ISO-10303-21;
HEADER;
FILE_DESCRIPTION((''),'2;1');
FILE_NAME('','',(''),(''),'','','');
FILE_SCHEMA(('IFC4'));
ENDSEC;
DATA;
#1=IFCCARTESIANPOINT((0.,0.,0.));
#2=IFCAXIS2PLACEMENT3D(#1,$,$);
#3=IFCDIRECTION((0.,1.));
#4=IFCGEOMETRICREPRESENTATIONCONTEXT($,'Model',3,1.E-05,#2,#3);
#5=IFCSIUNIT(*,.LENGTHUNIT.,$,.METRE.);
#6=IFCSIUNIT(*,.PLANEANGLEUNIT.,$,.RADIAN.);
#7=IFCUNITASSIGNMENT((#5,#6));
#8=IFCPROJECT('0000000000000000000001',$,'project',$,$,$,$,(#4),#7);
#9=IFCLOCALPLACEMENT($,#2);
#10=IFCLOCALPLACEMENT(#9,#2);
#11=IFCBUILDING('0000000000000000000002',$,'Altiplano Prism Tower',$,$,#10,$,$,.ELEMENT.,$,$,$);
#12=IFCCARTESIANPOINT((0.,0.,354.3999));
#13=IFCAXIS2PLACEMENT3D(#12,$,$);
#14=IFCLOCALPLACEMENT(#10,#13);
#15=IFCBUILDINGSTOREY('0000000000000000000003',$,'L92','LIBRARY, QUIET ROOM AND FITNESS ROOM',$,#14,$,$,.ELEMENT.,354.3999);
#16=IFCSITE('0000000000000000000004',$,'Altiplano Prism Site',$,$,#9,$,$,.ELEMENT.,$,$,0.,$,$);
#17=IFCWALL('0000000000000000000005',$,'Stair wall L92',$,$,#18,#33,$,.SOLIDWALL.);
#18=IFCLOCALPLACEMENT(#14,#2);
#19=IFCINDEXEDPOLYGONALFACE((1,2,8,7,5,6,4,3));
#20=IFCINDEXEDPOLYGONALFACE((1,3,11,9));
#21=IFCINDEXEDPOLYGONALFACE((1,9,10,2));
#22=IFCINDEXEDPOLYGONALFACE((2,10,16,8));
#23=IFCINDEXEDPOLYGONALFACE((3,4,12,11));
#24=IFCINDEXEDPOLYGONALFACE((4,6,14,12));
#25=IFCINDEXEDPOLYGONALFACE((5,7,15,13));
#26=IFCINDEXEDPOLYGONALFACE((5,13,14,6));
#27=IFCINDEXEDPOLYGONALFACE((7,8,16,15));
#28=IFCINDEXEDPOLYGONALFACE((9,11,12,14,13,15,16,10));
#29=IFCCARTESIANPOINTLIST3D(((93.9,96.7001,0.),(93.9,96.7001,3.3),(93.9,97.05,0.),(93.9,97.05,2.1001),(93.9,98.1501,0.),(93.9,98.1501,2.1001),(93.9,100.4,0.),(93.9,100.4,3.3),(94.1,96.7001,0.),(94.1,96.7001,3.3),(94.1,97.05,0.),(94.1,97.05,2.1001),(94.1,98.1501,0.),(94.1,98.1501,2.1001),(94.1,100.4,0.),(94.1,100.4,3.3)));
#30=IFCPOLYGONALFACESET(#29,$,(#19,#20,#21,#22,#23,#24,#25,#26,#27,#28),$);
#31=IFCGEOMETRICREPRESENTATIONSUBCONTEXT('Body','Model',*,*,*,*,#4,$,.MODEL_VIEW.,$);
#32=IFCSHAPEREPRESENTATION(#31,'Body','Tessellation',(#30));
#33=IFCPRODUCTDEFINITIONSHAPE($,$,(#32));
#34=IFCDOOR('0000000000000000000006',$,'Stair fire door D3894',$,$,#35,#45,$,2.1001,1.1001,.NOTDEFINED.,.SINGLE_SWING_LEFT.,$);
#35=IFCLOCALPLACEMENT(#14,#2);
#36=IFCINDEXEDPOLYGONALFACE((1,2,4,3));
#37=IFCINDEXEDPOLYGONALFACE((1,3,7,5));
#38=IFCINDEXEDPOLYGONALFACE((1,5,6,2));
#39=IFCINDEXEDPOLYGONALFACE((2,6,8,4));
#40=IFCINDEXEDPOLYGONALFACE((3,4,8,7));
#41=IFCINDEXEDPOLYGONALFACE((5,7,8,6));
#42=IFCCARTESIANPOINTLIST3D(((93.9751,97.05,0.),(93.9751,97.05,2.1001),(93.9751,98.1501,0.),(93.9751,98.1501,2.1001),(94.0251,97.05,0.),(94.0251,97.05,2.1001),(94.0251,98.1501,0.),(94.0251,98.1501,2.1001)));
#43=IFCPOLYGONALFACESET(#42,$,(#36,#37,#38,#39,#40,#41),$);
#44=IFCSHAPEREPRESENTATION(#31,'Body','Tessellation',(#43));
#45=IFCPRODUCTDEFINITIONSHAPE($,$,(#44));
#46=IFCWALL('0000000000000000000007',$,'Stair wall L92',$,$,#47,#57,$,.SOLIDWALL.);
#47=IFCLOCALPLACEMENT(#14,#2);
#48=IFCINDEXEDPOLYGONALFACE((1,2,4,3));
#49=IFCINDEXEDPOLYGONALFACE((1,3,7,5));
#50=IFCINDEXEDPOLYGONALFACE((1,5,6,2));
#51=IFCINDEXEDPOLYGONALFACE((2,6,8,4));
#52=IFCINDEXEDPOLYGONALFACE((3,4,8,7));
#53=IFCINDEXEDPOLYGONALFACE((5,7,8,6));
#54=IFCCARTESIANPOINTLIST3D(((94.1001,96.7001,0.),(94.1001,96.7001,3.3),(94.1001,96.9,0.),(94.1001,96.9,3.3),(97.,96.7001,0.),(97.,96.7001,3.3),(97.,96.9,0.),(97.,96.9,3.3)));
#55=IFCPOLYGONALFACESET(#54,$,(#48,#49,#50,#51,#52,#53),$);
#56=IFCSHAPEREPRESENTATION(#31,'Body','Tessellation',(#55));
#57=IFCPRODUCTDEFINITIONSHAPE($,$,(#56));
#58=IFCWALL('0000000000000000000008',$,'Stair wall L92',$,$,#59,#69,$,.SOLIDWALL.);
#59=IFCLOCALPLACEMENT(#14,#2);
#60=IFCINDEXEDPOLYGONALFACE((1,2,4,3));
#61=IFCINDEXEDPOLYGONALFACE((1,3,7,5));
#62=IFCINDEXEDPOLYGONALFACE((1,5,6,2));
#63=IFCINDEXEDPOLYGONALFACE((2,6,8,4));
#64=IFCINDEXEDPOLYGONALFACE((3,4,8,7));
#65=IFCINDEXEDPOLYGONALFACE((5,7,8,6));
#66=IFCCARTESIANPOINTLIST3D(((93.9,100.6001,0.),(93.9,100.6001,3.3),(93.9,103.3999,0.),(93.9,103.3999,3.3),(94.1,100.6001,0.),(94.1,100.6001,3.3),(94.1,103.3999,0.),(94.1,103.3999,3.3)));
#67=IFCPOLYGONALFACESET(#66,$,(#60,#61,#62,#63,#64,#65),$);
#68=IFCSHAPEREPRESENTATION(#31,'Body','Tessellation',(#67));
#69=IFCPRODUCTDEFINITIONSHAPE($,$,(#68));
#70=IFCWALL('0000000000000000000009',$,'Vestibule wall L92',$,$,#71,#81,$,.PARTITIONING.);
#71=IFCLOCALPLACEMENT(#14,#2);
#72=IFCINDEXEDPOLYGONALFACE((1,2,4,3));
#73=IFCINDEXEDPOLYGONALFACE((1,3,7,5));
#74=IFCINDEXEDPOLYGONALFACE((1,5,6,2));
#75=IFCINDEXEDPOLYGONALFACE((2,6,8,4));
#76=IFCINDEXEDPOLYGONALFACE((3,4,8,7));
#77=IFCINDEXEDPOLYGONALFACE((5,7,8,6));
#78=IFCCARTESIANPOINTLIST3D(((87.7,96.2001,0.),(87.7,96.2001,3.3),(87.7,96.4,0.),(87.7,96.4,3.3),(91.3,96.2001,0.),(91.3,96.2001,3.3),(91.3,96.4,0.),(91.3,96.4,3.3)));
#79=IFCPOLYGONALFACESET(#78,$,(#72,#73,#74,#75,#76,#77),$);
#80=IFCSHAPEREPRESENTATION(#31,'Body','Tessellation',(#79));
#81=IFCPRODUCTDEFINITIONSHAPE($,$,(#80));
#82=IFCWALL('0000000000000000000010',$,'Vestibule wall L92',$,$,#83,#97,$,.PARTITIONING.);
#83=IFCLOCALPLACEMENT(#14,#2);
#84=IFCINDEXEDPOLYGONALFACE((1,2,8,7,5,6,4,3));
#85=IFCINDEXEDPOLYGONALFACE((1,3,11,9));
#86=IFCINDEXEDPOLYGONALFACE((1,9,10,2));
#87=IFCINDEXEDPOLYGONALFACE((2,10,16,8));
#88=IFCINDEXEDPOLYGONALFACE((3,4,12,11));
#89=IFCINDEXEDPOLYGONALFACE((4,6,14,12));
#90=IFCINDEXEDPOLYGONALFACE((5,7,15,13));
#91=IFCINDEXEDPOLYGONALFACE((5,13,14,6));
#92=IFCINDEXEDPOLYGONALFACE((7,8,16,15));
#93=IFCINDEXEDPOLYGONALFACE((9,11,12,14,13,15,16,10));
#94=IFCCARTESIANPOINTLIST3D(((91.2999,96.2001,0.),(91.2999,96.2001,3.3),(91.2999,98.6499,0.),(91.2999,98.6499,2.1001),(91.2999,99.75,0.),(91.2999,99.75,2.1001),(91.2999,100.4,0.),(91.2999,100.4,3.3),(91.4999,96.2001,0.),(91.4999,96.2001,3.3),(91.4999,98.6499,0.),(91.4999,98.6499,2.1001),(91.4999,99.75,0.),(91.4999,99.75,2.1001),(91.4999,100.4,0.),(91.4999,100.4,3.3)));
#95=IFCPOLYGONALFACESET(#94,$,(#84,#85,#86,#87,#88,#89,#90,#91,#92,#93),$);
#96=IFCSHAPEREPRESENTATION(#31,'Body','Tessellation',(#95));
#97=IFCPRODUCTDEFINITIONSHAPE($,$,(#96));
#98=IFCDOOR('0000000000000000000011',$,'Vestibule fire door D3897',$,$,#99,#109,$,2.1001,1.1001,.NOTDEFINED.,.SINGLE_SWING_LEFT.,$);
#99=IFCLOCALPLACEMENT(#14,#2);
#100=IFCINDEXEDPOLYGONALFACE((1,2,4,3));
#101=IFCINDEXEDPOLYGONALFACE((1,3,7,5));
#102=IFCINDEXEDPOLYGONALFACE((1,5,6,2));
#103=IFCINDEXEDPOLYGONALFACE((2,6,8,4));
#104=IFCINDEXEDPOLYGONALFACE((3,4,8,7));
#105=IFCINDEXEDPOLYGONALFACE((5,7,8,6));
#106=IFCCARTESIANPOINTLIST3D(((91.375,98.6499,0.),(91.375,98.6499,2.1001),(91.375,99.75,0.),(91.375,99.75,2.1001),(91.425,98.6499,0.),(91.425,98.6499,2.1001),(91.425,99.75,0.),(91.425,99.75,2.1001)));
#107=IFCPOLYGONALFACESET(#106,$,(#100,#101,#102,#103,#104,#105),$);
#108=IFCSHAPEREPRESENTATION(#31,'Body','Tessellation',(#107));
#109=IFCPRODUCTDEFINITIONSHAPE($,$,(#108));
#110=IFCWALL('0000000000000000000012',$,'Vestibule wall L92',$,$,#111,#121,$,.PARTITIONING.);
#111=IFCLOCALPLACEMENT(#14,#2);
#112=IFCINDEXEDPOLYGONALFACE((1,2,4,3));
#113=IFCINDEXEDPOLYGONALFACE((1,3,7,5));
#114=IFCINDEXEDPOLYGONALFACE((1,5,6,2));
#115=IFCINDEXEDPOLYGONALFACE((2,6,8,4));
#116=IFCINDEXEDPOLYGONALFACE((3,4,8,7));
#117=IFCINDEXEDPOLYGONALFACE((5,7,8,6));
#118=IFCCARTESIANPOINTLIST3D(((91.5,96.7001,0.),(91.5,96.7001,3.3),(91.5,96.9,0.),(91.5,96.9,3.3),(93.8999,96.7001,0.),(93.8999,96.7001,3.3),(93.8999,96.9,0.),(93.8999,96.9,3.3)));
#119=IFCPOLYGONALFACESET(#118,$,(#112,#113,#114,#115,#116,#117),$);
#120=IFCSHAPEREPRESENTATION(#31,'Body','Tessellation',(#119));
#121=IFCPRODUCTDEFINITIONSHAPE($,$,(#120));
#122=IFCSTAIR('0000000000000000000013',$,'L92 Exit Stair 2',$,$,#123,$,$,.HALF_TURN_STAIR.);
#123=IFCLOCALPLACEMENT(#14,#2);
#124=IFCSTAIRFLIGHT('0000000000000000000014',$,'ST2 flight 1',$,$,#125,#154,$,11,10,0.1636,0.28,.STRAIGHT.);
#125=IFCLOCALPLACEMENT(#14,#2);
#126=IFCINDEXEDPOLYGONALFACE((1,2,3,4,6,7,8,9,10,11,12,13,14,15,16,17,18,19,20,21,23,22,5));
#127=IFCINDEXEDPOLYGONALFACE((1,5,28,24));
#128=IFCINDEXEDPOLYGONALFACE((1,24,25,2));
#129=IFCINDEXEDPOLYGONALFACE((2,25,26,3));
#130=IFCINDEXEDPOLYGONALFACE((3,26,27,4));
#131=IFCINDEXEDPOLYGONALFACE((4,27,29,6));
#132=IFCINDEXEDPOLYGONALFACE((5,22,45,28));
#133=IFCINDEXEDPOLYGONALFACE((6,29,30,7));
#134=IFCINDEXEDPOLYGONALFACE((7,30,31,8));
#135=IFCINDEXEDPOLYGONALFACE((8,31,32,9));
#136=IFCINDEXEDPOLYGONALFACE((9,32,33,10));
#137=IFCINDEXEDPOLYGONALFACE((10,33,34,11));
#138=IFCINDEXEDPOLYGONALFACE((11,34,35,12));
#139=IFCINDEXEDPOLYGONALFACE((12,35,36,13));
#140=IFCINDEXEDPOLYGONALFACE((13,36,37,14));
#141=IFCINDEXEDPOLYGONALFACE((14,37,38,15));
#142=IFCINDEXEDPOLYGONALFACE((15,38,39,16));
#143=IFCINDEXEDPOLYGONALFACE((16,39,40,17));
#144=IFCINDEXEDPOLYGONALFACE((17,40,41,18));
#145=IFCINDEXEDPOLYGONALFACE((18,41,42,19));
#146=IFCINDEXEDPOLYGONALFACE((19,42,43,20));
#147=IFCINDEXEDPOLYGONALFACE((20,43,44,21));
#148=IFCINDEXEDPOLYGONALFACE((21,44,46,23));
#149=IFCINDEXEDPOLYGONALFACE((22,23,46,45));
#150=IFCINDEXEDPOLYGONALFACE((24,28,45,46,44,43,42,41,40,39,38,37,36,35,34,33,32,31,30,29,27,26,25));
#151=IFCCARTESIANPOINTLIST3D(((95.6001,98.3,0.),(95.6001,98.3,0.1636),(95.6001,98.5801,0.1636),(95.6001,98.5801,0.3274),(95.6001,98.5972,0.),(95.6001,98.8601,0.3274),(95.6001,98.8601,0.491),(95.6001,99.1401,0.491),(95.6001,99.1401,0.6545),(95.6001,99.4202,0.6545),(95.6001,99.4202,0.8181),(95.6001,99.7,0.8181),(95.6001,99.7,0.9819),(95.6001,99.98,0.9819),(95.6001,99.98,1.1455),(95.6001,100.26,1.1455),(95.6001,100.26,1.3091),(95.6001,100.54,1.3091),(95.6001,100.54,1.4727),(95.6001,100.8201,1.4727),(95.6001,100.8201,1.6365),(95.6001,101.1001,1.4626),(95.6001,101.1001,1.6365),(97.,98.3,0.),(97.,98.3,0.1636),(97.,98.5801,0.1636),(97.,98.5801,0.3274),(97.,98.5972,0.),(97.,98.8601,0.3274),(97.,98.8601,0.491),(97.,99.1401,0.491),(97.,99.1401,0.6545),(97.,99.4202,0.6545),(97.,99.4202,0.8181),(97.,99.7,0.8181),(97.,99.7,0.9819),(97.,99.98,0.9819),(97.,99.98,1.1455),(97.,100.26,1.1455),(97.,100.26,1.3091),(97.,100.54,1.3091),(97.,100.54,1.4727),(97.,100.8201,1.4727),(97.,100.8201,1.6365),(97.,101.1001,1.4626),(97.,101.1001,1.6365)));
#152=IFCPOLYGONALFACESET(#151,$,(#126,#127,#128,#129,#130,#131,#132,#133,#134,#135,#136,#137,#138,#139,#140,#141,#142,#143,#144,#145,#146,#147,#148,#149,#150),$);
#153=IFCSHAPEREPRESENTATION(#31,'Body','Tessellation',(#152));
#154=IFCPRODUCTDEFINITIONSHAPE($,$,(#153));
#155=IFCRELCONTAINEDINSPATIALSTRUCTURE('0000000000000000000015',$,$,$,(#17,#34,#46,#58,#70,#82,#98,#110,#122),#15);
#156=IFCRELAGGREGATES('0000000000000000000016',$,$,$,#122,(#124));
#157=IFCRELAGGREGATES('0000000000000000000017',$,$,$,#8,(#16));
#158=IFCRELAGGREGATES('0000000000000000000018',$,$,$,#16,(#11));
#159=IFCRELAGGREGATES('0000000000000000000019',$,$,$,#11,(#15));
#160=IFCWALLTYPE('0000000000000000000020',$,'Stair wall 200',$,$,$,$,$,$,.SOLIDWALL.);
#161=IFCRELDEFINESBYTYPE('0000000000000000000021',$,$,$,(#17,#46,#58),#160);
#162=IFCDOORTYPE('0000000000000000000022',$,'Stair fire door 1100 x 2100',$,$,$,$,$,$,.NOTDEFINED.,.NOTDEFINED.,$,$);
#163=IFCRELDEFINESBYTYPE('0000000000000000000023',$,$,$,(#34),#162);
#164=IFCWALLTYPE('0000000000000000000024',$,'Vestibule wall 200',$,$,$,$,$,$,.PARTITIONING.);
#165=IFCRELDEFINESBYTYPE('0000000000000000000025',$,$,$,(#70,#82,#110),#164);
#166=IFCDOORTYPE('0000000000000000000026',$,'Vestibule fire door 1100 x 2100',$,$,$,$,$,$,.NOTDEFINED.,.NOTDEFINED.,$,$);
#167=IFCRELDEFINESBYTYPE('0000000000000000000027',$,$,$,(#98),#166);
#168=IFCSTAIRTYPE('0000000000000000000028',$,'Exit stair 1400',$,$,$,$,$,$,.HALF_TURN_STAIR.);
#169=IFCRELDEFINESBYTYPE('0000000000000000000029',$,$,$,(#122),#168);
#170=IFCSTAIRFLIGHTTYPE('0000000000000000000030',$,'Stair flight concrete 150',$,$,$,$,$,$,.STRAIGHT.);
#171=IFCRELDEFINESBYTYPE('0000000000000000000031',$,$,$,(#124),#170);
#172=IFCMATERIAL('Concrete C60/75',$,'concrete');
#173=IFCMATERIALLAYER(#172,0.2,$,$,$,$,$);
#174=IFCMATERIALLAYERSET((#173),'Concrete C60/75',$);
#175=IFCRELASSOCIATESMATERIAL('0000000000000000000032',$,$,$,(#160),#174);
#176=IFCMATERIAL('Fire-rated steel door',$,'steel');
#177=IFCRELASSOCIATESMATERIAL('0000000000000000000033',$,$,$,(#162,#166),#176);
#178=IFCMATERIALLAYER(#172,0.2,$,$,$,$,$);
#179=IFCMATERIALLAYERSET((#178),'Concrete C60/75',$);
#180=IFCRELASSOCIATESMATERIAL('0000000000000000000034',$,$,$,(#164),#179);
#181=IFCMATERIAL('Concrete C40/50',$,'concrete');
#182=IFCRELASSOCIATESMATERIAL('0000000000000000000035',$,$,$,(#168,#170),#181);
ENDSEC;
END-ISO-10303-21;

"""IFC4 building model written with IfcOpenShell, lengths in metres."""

from ifc_helpers import new_model, si_unit, direction, frame, frame_2d, origin, place, context, subcontext, project, spatial, polyline, rectangle, outline, extrude, material, layer, layer_set, type_object, element, fill, aggregate, save


model = new_model("IFC4")

# Units and contexts
model_context = context("Model", 3, precision=1e-05, world=origin(), true_north=direction((0.0, 1.0)))
body_context = subcontext(model_context, "Body", "Model", "MODEL_VIEW")
ifc_project = project(units=[si_unit("LENGTHUNIT", "METRE"), si_unit("PLANEANGLEUNIT", "RADIAN")], contexts=[model_context])

# Site, building, storey
site_placement = place(None, origin())
site = spatial("IfcSite", under=ifc_project, at=site_placement, Name="Altiplano Prism Site", CompositionType="ELEMENT", RefElevation=0.0)
building_placement = place(site_placement, origin())
building = spatial("IfcBuilding", under=site, at=building_placement, Name="Altiplano Prism Tower", CompositionType="ELEMENT")
storey_placement = place(building_placement, frame((0.0, 0.0, 354.3999)))
storey = spatial("IfcBuildingStorey", under=building, at=storey_placement, Name="L92", Description="LIBRARY, QUIET ROOM AND FITNESS ROOM", CompositionType="ELEMENT", Elevation=354.3999)

# Shared definitions
ifc_material_1 = material(Name="Concrete C60/75", Category="concrete")

# Wall, opening, door
ifc_layer_1 = layer(ifc_material_1, 0.2)
ifc_layer_set_1 = layer_set([ifc_layer_1], Name="Concrete C60/75")
wall_type_1 = type_object("IfcWallType", Name="Stair wall 200", PredefinedType="SOLIDWALL", material=ifc_layer_set_1)
wall_1_placement = place(storey_placement, frame((94.0, 96.7, 0.0), z_axis=(0.0, 0.0, 1.0), x_axis=(0.0, 1.0, 0.0)))
wall_1 = element("IfcWall", 1, at=wall_1_placement, inside=storey, type_object=wall_type_1, Name="Stair wall L92", PredefinedType="SOLIDWALL", context=body_context, shape_type="SweptSolid", body=[
    extrude(rectangle(XDim=3.7, YDim=0.2, at=frame_2d((1.8501, 0.0))), origin(), (0.0, 0.0, 1.0), 3.3),
])
opening_1_placement = place(wall_1_placement, frame((0.3501, 0.0, 0.0)))
opening_1 = element("IfcOpeningElement", 2, at=opening_1_placement, cuts=wall_1, PredefinedType="OPENING", context=body_context, shape_type="SweptSolid", body=[
    extrude(rectangle(XDim=1.1001, YDim=2.1001, at=frame_2d((0.55, 1.05))), frame((0.0, 0.1104, 0.0), z_axis=(0.0, -1.0, 0.0), x_axis=(1.0, 0.0, 0.0)), (0.0, 0.0, 1.0), 0.2209),
])
ifc_material_2 = material(Name="Fire-rated steel door", Category="steel")
door_type_1 = type_object("IfcDoorType", Name="Stair fire door 1100 x 2100", OperationType="NOTDEFINED", PredefinedType="NOTDEFINED", material=ifc_material_2)
door_1_placement = place(opening_1_placement, origin())
door_1 = element("IfcDoor", 3, at=door_1_placement, inside=storey, type_object=door_type_1, Name="Stair fire door D3894", OperationType="SINGLE_SWING_LEFT", OverallHeight=2.1001, OverallWidth=1.1001, PredefinedType="NOTDEFINED", context=body_context, shape_type="SweptSolid", body=[
    extrude(rectangle(XDim=1.1001, YDim=2.1001, at=frame_2d((0.55, 1.05))), frame((0.0, 0.0249, 0.0), z_axis=(0.0, -1.0, 0.0), x_axis=(1.0, 0.0, 0.0)), (0.0, 0.0, 1.0), 0.05),
])
fill(opening_1, door_1)

# Walls
wall_2_placement = place(storey_placement, frame((94.1001, 96.8, 0.0), z_axis=(0.0, 0.0, 1.0), x_axis=(1.0, 0.0, 0.0)))
element("IfcWall", 4, at=wall_2_placement, inside=storey, type_object=wall_type_1, Name="Stair wall L92", PredefinedType="SOLIDWALL", context=body_context, shape_type="SweptSolid", body=[
    extrude(rectangle(XDim=2.8999, YDim=0.2, at=frame_2d((1.45, 0.0))), origin(), (0.0, 0.0, 1.0), 3.3),
])
wall_3_placement = place(storey_placement, frame((94.0, 100.6001, 0.0), z_axis=(0.0, 0.0, 1.0), x_axis=(0.0, 1.0, 0.0)))
element("IfcWall", 5, at=wall_3_placement, inside=storey, type_object=wall_type_1, Name="Stair wall L92", PredefinedType="SOLIDWALL", context=body_context, shape_type="SweptSolid", body=[
    extrude(rectangle(XDim=2.7998, YDim=0.2, at=frame_2d((1.3999, 0.0))), origin(), (0.0, 0.0, 1.0), 3.3),
])
ifc_layer_2 = layer(ifc_material_1, 0.2)
ifc_layer_set_2 = layer_set([ifc_layer_2], Name="Concrete C60/75")
wall_type_2 = type_object("IfcWallType", Name="Vestibule wall 200", PredefinedType="PARTITIONING", material=ifc_layer_set_2)
wall_4_placement = place(storey_placement, frame((87.7, 96.3, 0.0), z_axis=(0.0, 0.0, 1.0), x_axis=(1.0, 0.0, 0.0)))
element("IfcWall", 6, at=wall_4_placement, inside=storey, type_object=wall_type_2, Name="Vestibule wall L92", PredefinedType="PARTITIONING", context=body_context, shape_type="SweptSolid", body=[
    extrude(rectangle(XDim=3.6001, YDim=0.2, at=frame_2d((1.8, 0.0))), origin(), (0.0, 0.0, 1.0), 3.3),
])

# Wall, opening, door
wall_5_placement = place(storey_placement, frame((91.3999, 96.2, 0.0), z_axis=(0.0, 0.0, 1.0), x_axis=(0.0, 1.0, 0.0)))
wall_5 = element("IfcWall", 7, at=wall_5_placement, inside=storey, type_object=wall_type_2, Name="Vestibule wall L92", PredefinedType="PARTITIONING", context=body_context, shape_type="SweptSolid", body=[
    extrude(rectangle(XDim=4.2, YDim=0.2, at=frame_2d((2.1001, 0.0))), origin(), (0.0, 0.0, 1.0), 3.3),
])
opening_2_placement = place(wall_5_placement, frame((2.45, 0.0, 0.0)))
opening_2 = element("IfcOpeningElement", 8, at=opening_2_placement, cuts=wall_5, PredefinedType="OPENING", context=body_context, shape_type="SweptSolid", body=[
    extrude(rectangle(XDim=1.1001, YDim=2.1001, at=frame_2d((0.55, 1.05))), frame((0.0, 0.1104, 0.0), z_axis=(0.0, -1.0, 0.0), x_axis=(1.0, 0.0, 0.0)), (0.0, 0.0, 1.0), 0.2209),
])
door_type_2 = type_object("IfcDoorType", Name="Vestibule fire door 1100 x 2100", OperationType="NOTDEFINED", PredefinedType="NOTDEFINED", material=ifc_material_2)
door_2_placement = place(opening_2_placement, origin())
door_2 = element("IfcDoor", 9, at=door_2_placement, inside=storey, type_object=door_type_2, Name="Vestibule fire door D3897", OperationType="SINGLE_SWING_LEFT", OverallHeight=2.1001, OverallWidth=1.1001, PredefinedType="NOTDEFINED", context=body_context, shape_type="SweptSolid", body=[
    extrude(rectangle(XDim=1.1001, YDim=2.1001, at=frame_2d((0.55, 1.05))), frame((0.0, 0.0249, 0.0), z_axis=(0.0, -1.0, 0.0), x_axis=(1.0, 0.0, 0.0)), (0.0, 0.0, 1.0), 0.05),
])
fill(opening_2, door_2)

# Wall
wall_6_placement = place(storey_placement, frame((91.5, 96.8, 0.0), z_axis=(0.0, 0.0, 1.0), x_axis=(1.0, 0.0, 0.0)))
element("IfcWall", 10, at=wall_6_placement, inside=storey, type_object=wall_type_2, Name="Vestibule wall L92", PredefinedType="PARTITIONING", context=body_context, shape_type="SweptSolid", body=[
    extrude(rectangle(XDim=2.3999, YDim=0.2, at=frame_2d((1.2, 0.0))), origin(), (0.0, 0.0, 1.0), 3.3),
])

# Stair, stair flight
ifc_material_3 = material(Name="Concrete C40/50", Category="concrete")
stair_type = type_object("IfcStairType", Name="Exit stair 1400", PredefinedType="HALF_TURN_STAIR", material=ifc_material_3)
stair_placement = place(storey_placement, origin())
stair = element("IfcStair", 11, at=stair_placement, inside=storey, type_object=stair_type, Name="L92 Exit Stair 2", PredefinedType="HALF_TURN_STAIR")
stair_flight_type = type_object("IfcStairFlightType", Name="Stair flight concrete 150", PredefinedType="STRAIGHT", material=ifc_material_3)
stair_flight_1_placement = place(storey_placement, frame((96.3, 98.3, 0.0), z_axis=(0.0, 0.0, 1.0), x_axis=(0.0, 1.0, 0.0)))
stair_flight_1 = element("IfcStairFlight", 12, at=stair_flight_1_placement, type_object=stair_flight_type, Name="ST2 flight 1", NumberOfRisers=11, NumberOfTreads=10, PredefinedType="STRAIGHT", RiserHeight=0.1636, TreadLength=0.28, context=body_context, shape_type="SweptSolid", body=[
    extrude(outline(polyline([(0.0, 0.0), (0.0, 0.1636), (0.28, 0.1636), (0.28, 0.3274), (0.5601, 0.3274), (0.5601, 0.491), (0.8401, 0.491), (0.8401, 0.6545), (1.1201, 0.6545), (1.1201, 0.8181), (1.3999, 0.8181), (1.3999, 0.9819), (1.6799, 0.9819), (1.6799, 1.1455), (1.96, 1.1455), (1.96, 1.3091), (2.24, 1.3091), (2.24, 1.4727), (2.52, 1.4727), (2.52, 1.6365), (2.8, 1.6365), (2.8, 1.8), (2.8, 1.4626), (0.2971, 0.0), (0.0, 0.0)])), frame((0.0, 0.7, 0.0), z_axis=(0.0, -1.0, 0.0), x_axis=(1.0, 0.0, 0.0)), (0.0, 0.0, 1.0), 1.3999),
])
aggregate(stair, [stair_flight_1])

save(model, "model.ifc")
